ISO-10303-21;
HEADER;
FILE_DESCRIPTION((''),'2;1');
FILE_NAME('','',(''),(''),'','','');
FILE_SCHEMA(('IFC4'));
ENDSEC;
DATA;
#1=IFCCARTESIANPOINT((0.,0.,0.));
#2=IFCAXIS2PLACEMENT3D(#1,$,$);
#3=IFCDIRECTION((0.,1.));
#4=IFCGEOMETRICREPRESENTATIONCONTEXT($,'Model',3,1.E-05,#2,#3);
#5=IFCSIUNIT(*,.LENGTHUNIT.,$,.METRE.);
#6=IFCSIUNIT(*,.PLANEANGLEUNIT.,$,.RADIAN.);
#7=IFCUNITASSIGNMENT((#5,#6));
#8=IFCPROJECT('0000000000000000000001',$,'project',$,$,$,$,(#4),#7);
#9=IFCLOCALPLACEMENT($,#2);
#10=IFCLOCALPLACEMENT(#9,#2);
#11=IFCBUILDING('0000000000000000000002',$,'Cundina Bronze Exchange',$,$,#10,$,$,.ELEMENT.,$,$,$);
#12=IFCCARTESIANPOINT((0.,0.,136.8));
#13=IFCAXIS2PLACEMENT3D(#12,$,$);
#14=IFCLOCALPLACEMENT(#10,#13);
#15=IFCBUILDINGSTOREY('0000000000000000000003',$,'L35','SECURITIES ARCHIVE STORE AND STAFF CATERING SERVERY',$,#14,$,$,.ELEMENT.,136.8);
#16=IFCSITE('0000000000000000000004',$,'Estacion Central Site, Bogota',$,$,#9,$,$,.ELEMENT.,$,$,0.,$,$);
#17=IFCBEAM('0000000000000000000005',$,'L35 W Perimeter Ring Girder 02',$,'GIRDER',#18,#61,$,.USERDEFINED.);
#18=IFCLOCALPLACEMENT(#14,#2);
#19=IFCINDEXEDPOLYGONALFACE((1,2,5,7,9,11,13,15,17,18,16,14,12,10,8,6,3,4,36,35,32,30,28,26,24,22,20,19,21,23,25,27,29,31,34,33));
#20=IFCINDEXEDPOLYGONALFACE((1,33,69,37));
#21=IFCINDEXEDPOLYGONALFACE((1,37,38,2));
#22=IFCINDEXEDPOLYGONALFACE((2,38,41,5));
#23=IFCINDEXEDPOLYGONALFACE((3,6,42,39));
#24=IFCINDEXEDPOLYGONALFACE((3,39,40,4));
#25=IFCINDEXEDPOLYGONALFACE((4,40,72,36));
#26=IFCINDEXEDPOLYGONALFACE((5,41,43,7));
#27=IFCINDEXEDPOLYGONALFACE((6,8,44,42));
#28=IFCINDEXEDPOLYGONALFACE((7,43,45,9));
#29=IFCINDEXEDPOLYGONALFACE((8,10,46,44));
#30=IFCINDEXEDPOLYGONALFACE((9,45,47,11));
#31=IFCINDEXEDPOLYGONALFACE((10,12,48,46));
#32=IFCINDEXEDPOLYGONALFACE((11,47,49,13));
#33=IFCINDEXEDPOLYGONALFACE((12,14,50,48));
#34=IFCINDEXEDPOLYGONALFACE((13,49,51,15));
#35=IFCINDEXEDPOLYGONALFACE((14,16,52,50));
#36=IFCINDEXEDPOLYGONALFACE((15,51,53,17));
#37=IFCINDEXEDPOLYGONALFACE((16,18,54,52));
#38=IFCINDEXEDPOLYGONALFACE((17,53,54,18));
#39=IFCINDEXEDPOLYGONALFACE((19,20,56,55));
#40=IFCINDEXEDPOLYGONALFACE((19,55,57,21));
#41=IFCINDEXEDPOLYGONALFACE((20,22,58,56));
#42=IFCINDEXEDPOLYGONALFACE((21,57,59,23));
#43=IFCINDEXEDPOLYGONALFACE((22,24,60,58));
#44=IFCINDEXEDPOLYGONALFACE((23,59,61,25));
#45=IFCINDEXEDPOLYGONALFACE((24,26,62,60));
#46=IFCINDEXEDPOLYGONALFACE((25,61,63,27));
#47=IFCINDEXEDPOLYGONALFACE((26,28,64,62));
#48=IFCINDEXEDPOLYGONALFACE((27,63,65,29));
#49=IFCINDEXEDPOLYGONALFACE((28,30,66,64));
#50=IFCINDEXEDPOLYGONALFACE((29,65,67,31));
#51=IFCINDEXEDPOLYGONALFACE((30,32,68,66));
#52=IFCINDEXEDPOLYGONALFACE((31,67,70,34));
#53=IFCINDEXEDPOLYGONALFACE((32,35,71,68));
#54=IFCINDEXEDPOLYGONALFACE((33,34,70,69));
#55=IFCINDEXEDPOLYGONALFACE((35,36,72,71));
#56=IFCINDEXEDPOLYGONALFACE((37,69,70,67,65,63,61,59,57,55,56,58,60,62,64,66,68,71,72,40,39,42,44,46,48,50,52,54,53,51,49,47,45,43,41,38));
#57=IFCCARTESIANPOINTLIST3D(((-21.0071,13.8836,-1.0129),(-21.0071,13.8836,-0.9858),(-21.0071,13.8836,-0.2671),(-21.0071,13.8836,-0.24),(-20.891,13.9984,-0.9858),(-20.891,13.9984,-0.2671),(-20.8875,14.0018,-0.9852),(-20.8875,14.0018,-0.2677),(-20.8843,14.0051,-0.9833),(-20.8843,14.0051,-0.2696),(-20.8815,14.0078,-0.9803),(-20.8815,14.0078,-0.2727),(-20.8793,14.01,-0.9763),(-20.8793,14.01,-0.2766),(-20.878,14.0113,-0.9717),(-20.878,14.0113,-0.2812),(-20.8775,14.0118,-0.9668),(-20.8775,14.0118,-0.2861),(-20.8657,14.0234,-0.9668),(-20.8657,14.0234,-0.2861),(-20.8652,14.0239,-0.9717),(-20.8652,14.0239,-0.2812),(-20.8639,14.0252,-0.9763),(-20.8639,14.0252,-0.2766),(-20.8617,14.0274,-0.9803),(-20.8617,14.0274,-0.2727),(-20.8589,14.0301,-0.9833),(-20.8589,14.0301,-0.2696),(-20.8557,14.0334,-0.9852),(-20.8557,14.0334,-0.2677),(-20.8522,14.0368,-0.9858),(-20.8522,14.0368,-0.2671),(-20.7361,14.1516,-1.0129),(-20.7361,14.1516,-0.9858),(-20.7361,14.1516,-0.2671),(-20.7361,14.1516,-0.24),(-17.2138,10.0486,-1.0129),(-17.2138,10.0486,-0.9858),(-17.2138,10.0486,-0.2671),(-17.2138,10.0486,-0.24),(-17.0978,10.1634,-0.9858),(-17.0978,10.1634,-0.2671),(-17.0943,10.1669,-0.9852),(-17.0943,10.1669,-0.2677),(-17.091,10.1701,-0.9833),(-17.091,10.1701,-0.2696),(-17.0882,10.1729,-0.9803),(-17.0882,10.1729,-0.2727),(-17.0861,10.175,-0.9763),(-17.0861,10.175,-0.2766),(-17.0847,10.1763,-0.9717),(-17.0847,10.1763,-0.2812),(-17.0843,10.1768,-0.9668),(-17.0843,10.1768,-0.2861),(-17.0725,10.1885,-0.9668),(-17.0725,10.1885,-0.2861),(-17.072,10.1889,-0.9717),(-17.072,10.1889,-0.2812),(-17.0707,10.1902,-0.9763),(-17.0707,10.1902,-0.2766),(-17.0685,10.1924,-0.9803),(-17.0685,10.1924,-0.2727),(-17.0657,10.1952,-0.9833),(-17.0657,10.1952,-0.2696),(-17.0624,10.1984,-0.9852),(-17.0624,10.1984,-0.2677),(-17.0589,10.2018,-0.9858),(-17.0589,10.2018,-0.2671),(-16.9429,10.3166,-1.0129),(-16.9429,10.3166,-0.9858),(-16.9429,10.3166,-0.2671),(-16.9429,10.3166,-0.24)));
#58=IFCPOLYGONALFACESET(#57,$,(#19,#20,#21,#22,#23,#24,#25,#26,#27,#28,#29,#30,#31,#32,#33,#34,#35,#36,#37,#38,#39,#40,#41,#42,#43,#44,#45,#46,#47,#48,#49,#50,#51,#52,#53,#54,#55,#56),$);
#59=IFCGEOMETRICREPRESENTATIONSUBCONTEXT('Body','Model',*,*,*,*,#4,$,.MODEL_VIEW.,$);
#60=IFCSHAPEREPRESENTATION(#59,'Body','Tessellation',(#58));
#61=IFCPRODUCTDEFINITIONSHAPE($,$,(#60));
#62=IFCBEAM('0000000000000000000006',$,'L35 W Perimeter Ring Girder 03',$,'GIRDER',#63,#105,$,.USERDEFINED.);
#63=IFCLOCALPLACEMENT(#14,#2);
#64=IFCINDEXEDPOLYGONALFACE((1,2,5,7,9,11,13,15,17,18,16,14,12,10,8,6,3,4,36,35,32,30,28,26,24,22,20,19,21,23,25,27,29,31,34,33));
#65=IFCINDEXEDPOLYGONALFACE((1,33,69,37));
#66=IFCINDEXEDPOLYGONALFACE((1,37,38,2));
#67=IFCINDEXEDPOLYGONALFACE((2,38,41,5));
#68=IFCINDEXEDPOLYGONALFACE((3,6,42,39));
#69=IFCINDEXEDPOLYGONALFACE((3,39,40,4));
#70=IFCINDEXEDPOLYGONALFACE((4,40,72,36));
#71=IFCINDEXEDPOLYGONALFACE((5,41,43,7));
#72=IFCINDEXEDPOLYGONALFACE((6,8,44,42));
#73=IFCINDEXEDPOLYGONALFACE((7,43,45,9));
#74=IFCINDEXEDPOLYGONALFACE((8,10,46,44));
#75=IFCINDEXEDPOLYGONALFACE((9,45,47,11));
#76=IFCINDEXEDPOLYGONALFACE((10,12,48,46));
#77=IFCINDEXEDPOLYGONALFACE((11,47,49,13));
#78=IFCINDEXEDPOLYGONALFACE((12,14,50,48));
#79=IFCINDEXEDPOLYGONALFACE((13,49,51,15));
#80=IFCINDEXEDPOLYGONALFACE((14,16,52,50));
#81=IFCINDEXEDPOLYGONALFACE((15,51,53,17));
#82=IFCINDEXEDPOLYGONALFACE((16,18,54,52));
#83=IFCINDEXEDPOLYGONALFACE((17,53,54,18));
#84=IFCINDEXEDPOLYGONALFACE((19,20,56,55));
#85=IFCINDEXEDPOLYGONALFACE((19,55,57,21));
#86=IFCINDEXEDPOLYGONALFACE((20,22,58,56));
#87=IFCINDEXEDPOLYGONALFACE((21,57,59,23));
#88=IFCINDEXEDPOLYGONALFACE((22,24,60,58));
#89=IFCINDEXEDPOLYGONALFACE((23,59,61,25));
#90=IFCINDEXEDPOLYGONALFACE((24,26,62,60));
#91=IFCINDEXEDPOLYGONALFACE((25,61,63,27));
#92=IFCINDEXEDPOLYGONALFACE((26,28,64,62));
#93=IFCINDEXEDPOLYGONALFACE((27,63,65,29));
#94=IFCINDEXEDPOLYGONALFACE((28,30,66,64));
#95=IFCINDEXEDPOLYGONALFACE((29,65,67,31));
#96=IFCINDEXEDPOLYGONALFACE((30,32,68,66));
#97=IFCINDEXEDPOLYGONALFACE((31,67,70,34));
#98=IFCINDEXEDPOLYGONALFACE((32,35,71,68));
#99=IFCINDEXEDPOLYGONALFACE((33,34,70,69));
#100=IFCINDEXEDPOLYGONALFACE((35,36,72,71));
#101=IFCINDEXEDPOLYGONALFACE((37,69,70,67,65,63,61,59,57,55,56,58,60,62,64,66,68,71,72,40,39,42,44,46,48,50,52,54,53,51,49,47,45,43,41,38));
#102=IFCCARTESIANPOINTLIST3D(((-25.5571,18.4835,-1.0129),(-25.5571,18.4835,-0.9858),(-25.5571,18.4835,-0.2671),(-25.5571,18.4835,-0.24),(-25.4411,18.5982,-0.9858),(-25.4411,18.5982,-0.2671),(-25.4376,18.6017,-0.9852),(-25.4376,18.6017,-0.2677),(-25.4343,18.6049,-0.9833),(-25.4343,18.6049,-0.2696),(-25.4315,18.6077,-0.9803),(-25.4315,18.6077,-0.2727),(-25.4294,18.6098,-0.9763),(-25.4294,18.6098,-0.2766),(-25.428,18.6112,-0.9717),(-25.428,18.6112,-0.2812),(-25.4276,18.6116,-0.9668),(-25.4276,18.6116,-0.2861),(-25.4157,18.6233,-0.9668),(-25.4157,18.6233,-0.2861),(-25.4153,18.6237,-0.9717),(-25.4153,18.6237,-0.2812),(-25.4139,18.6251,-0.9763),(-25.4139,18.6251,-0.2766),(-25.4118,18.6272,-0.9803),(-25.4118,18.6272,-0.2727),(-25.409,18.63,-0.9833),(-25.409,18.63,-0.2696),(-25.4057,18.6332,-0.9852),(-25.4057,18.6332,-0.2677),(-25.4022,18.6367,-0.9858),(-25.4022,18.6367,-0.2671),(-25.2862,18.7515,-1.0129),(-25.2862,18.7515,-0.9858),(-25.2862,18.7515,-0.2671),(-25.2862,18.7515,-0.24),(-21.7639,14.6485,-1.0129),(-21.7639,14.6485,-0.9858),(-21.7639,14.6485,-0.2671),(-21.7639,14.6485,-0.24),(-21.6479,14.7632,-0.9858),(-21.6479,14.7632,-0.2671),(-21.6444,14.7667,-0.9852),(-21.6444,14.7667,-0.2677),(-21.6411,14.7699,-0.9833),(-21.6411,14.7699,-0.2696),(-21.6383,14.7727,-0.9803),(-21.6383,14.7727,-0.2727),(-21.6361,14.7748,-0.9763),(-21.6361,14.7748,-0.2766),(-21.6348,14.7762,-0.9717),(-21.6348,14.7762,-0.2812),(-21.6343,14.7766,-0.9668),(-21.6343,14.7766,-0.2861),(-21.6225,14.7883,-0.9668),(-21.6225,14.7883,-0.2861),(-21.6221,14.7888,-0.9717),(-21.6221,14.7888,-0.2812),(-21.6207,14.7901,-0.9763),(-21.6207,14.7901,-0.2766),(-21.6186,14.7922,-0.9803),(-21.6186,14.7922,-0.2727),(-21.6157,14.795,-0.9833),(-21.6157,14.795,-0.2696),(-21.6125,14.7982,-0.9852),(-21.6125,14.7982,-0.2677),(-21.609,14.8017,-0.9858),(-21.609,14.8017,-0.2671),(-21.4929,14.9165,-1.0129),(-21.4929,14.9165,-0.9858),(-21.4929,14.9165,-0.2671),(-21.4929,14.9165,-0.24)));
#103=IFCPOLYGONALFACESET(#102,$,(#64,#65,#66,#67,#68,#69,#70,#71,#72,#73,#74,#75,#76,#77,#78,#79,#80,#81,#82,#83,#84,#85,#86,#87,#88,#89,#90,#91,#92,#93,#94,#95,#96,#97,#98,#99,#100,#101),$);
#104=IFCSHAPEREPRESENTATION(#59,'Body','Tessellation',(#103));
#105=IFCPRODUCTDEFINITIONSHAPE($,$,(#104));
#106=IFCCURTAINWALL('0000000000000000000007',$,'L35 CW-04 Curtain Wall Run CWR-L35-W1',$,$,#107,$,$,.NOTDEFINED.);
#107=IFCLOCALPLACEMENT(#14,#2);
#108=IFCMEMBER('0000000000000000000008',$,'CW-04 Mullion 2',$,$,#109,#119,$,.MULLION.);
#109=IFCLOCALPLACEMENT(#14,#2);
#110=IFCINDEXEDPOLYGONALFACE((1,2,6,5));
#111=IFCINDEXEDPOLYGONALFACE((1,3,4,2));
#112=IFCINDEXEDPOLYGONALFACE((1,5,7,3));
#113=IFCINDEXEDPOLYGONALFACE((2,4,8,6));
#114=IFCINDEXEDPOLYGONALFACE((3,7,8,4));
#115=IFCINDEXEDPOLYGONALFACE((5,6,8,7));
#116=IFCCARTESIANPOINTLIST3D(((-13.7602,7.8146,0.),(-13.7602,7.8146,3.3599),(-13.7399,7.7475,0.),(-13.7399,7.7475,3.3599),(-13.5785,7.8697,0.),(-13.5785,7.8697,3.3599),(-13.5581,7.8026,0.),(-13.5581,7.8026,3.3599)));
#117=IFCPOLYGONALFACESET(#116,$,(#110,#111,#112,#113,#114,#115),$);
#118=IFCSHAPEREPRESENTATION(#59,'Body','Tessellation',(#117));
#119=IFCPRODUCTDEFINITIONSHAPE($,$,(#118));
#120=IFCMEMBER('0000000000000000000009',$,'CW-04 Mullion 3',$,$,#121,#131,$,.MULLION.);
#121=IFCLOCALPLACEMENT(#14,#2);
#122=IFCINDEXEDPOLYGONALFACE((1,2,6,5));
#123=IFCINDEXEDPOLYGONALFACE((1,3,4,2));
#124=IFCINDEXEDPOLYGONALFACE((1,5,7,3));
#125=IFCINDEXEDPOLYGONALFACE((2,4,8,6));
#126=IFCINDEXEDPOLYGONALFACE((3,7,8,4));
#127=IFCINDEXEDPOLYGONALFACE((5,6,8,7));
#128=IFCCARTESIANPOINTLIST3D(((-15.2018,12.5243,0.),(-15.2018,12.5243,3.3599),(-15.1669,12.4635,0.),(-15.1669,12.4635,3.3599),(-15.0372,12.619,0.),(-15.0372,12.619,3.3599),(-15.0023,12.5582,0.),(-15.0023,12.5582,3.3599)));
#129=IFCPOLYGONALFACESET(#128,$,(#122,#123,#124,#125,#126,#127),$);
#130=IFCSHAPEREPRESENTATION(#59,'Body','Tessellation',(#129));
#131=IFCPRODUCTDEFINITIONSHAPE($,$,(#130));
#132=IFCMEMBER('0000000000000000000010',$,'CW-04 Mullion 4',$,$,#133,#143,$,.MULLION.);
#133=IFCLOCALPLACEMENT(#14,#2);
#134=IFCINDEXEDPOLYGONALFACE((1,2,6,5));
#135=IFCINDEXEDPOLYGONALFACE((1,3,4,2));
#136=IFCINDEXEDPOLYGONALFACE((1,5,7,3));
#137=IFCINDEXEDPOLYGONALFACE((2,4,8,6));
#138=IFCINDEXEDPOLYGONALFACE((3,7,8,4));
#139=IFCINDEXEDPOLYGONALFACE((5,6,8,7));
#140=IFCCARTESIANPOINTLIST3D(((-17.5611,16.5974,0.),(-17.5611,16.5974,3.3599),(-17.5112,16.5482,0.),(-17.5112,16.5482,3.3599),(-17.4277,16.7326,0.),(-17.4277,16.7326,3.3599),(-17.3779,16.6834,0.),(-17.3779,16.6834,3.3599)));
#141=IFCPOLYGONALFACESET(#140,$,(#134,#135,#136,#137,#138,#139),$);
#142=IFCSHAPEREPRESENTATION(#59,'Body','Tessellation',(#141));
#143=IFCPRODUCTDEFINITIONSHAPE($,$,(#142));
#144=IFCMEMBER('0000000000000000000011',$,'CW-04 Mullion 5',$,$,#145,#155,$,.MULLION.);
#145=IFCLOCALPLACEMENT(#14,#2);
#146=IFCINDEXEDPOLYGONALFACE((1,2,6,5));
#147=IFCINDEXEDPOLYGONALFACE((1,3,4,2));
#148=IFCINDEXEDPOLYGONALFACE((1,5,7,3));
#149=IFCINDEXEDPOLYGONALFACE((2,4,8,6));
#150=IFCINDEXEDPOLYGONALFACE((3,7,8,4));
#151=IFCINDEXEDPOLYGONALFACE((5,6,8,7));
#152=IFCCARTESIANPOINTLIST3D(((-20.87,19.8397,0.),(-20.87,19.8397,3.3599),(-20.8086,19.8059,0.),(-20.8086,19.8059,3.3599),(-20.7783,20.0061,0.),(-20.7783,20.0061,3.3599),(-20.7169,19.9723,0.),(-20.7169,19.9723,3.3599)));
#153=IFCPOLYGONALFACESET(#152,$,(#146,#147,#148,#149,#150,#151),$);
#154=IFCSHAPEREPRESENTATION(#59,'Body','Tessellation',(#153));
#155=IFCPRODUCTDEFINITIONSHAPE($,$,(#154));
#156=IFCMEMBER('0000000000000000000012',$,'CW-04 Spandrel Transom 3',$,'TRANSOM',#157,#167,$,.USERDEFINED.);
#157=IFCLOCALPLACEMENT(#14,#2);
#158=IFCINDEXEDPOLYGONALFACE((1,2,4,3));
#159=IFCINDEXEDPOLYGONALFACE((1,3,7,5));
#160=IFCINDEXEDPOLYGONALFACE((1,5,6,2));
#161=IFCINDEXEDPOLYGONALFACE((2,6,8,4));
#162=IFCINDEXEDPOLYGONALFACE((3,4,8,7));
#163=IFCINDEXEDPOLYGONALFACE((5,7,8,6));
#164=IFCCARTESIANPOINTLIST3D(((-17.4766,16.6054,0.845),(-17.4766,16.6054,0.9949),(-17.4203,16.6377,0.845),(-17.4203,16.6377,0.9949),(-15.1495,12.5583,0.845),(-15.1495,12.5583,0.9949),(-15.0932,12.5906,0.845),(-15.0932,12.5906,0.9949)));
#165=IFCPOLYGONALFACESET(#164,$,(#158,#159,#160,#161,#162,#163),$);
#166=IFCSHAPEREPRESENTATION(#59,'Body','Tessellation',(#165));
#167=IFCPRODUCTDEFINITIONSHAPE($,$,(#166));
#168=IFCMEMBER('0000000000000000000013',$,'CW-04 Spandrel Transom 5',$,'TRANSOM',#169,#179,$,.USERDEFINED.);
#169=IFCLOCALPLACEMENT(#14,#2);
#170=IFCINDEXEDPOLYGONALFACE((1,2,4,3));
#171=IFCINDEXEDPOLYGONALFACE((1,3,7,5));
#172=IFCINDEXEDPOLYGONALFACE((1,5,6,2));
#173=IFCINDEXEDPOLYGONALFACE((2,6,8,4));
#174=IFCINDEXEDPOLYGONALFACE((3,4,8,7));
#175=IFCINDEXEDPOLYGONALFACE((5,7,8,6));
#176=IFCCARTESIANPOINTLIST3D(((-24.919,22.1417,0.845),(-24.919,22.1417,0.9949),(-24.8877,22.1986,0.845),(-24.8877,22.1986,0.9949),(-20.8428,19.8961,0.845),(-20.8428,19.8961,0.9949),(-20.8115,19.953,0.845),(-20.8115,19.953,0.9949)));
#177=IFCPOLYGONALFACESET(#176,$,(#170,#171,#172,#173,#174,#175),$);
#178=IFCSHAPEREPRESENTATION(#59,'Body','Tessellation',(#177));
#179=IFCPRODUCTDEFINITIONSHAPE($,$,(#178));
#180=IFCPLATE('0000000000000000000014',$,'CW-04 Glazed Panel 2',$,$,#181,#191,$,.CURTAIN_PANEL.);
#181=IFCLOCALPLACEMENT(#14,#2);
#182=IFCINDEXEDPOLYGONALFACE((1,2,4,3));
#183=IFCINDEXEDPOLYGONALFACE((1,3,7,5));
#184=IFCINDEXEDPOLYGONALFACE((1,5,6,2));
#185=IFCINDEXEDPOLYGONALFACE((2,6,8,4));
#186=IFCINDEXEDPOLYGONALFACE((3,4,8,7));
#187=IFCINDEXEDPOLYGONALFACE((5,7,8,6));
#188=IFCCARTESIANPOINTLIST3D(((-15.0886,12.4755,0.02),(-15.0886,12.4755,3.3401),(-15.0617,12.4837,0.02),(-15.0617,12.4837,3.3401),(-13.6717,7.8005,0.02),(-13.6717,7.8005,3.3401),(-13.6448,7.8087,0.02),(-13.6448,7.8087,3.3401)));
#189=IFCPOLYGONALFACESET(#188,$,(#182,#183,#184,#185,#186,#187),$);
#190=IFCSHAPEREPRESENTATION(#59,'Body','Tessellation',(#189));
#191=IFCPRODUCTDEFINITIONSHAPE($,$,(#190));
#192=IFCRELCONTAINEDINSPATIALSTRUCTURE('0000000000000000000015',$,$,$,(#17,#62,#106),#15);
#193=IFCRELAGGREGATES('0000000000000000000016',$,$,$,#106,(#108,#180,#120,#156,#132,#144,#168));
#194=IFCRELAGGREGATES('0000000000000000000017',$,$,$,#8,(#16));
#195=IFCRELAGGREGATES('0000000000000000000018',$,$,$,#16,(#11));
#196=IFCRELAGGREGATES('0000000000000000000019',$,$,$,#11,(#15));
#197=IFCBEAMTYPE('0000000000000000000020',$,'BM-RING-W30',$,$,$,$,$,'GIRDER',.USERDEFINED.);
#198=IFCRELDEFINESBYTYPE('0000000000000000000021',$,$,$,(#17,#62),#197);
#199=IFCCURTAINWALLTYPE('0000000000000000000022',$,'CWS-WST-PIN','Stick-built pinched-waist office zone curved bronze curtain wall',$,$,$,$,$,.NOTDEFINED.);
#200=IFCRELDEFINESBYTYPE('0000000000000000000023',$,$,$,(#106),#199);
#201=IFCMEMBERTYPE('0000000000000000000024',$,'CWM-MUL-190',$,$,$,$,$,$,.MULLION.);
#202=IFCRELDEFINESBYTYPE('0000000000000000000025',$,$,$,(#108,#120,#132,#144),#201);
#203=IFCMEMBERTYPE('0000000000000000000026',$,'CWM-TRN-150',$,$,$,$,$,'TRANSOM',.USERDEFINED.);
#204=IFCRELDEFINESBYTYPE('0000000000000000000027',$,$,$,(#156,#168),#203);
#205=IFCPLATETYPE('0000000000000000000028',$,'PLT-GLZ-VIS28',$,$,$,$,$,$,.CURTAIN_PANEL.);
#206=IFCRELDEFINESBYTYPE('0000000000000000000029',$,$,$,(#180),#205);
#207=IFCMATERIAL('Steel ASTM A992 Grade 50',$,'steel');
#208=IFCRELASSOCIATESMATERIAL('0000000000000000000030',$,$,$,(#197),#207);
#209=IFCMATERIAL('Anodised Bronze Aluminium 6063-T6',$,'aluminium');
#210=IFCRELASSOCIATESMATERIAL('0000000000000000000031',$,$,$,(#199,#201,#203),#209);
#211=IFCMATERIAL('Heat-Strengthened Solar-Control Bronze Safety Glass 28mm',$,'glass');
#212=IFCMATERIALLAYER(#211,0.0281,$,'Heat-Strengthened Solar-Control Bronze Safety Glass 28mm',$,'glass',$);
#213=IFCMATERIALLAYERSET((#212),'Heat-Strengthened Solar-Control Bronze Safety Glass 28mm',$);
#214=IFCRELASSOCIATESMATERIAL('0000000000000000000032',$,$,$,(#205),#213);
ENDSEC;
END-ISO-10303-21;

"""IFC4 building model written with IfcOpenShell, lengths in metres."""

from ifc_helpers import new_model, si_unit, direction, frame, origin, origin_2d, place, context, subcontext, project, spatial, rectangle, i_section, extrude, material, layer, layer_set, material_profile, profile_set, type_object, element, aggregate, save


model = new_model("IFC4")

# Units and contexts
model_context = context("Model", 3, precision=1e-05, world=origin(), true_north=direction((0.0, 1.0)))
body_context = subcontext(model_context, "Body", "Model", "MODEL_VIEW")
ifc_project = project(units=[si_unit("LENGTHUNIT", "METRE"), si_unit("PLANEANGLEUNIT", "RADIAN")], contexts=[model_context])

# Site, building, storey
site_placement = place(None, origin())
site = spatial("IfcSite", under=ifc_project, at=site_placement, Name="Estacion Central Site, Bogota", CompositionType="ELEMENT", RefElevation=0.0)
building_placement = place(site_placement, origin())
building = spatial("IfcBuilding", under=site, at=building_placement, Name="Cundina Bronze Exchange", CompositionType="ELEMENT")
storey_placement = place(building_placement, frame((0.0, 0.0, 136.8)))
storey = spatial("IfcBuildingStorey", under=building, at=storey_placement, Name="L35", Description="SECURITIES ARCHIVE STORE AND STAFF CATERING SERVERY", CompositionType="ELEMENT", Elevation=136.8)

# Beams
ifc_material_1 = material(Name="Steel ASTM A992 Grade 50", Category="steel")
ifc_material_profile_1 = material_profile(ifc_material_1, i_section(OverallWidth=0.3811, OverallDepth=0.7729, WebThickness=0.0166, FlangeThickness=0.0271, FilletRadius=0.019, at=origin_2d()), Name="W30X173", Category="steel")
ifc_profile_set_1 = profile_set([ifc_material_profile_1], Name="Steel ASTM A992 Grade 50")
beam_type_1 = type_object("IfcBeamType", Name="BM-RING-W30", ElementType="GIRDER", PredefinedType="USERDEFINED", material=ifc_profile_set_1)
for number, where, z_axis, x_axis, name in (
    (1, (-17.0784, 10.1826, -0.6265), (-0.703226, 0.710966, 0.0), (-0.710966, -0.703226, 0.0), "L35 W Perimeter Ring Girder 02"),
    (2, (-21.6284, 14.7825, -0.6265), (-0.703226, 0.710966, 0.0), (-0.710966, -0.703226, 0.0), "L35 W Perimeter Ring Girder 03"),
):
    element("IfcBeam", number, at=place(storey_placement, frame(where, z_axis=z_axis, x_axis=x_axis)), inside=storey, type_object=beam_type_1, Name=name, ObjectType="GIRDER", PredefinedType="USERDEFINED", context=body_context, shape_type="SweptSolid", body=[
        extrude(i_section(OverallWidth=0.3811, OverallDepth=0.7729, WebThickness=0.0166, FlangeThickness=0.0271, FilletRadius=0.019, at=origin_2d()), origin(), (0.0, 0.0, 1.0), 5.394),
    ])

# Curtain wall, members, plate
ifc_material_2 = material(Name="Anodised Bronze Aluminium 6063-T6", Category="aluminium")
curtain_wall_type = type_object("IfcCurtainWallType", Name="CWS-WST-PIN", Description="Stick-built pinched-waist office zone curved bronze curtain wall", PredefinedType="NOTDEFINED", material=ifc_material_2)
curtain_wall_placement = place(storey_placement, origin())
curtain_wall = element("IfcCurtainWall", 3, at=curtain_wall_placement, inside=storey, type_object=curtain_wall_type, Name="L35 CW-04 Curtain Wall Run CWR-L35-W1", PredefinedType="NOTDEFINED")
ifc_material_profile_2 = material_profile(ifc_material_2, rectangle(XDim=0.0701, YDim=0.1899, at=origin_2d()), Name="AL70X190", Category="aluminium")
ifc_profile_set_2 = profile_set([ifc_material_profile_2], Name="Anodised Bronze Aluminium 6063-T6")
member_type_1 = type_object("IfcMemberType", Name="CWM-MUL-190", PredefinedType="MULLION", material=ifc_profile_set_2)
member_1_placement = place(storey_placement, frame((-13.6592, 7.8086, 0.0), z_axis=(0.0, 0.0, 1.0), x_axis=(-0.290034, 0.957016, 0.0)))
member_1 = element("IfcMember", 4, at=member_1_placement, type_object=member_type_1, Name="CW-04 Mullion 2", PredefinedType="MULLION", context=body_context, shape_type="SweptSolid", body=[
    extrude(rectangle(XDim=0.0701, YDim=0.1899, at=origin_2d()), origin(), (0.0, 0.0, 1.0), 3.3599),
])
member_2_placement = place(storey_placement, frame((-15.1021, 12.5413, 0.0), z_axis=(0.0, 0.0, 1.0), x_axis=(-0.498488, 0.866897, 0.0)))
member_2 = element("IfcMember", 5, at=member_2_placement, type_object=member_type_1, Name="CW-04 Mullion 3", PredefinedType="MULLION", context=body_context, shape_type="SweptSolid", body=[
    extrude(rectangle(XDim=0.0701, YDim=0.1899, at=origin_2d()), origin(), (0.0, 0.0, 1.0), 3.3599),
])
member_3_placement = place(storey_placement, frame((-17.4695, 16.6404, 0.0), z_axis=(0.0, 0.0, 1.0), x_axis=(-0.712026, 0.702153, 0.0)))
member_3 = element("IfcMember", 6, at=member_3_placement, type_object=member_type_1, Name="CW-04 Mullion 4", PredefinedType="MULLION", context=body_context, shape_type="SweptSolid", body=[
    extrude(rectangle(XDim=0.0701, YDim=0.1899, at=origin_2d()), origin(), (0.0, 0.0, 1.0), 3.3599),
])
member_4_placement = place(storey_placement, frame((-20.7935, 19.906, 0.0), z_axis=(0.0, 0.0, 1.0), x_axis=(-0.875886, 0.482518, 0.0)))
member_4 = element("IfcMember", 7, at=member_4_placement, type_object=member_type_1, Name="CW-04 Mullion 5", PredefinedType="MULLION", context=body_context, shape_type="SweptSolid", body=[
    extrude(rectangle(XDim=0.0701, YDim=0.1899, at=origin_2d()), origin(), (0.0, 0.0, 1.0), 3.3599),
])
ifc_material_profile_3 = material_profile(ifc_material_2, rectangle(XDim=0.0649, YDim=0.1499, at=origin_2d()), Name="AL65X150", Category="aluminium")
ifc_profile_set_3 = profile_set([ifc_material_profile_3], Name="Anodised Bronze Aluminium 6063-T6")
member_type_2 = type_object("IfcMemberType", Name="CWM-TRN-150", ElementType="TRANSOM", PredefinedType="USERDEFINED", material=ifc_profile_set_3)
member_5_placement = place(storey_placement, frame((-15.1213, 12.5745, 0.9199), z_axis=(-0.49848, 0.866901, 0.0), x_axis=(-0.866901, -0.49848, 0.0)))
member_5 = element("IfcMember", 8, at=member_5_placement, type_object=member_type_2, Name="CW-04 Spandrel Transom 3", ObjectType="TRANSOM", PredefinedType="USERDEFINED", context=body_context, shape_type="SweptSolid", body=[
    extrude(rectangle(XDim=0.0649, YDim=0.1499, at=origin_2d()), origin(), (0.0, 0.0, 1.0), 4.6685),
])
member_6_placement = place(storey_placement, frame((-20.8271, 19.9246, 0.9199), z_axis=(-0.875879, 0.482531, 0.0), x_axis=(-0.482531, -0.875879, 0.0)))
member_6 = element("IfcMember", 9, at=member_6_placement, type_object=member_type_2, Name="CW-04 Spandrel Transom 5", ObjectType="TRANSOM", PredefinedType="USERDEFINED", context=body_context, shape_type="SweptSolid", body=[
    extrude(rectangle(XDim=0.0649, YDim=0.1499, at=origin_2d()), origin(), (0.0, 0.0, 1.0), 4.6538),
])
ifc_material_3 = material(Name="Heat-Strengthened Solar-Control Bronze Safety Glass 28mm", Category="glass")
ifc_layer_1 = layer(ifc_material_3, 0.0281, Name="Heat-Strengthened Solar-Control Bronze Safety Glass 28mm", Category="glass")
ifc_layer_set_1 = layer_set([ifc_layer_1], Name="Heat-Strengthened Solar-Control Bronze Safety Glass 28mm")
plate_type = type_object("IfcPlateType", Name="PLT-GLZ-VIS28", PredefinedType="CURTAIN_PANEL", material=ifc_layer_set_1)
plate_1_placement = place(storey_placement, frame((-14.3667, 10.1421, 0.02), z_axis=(0.0, 0.0, 1.0), x_axis=(-0.290051, 0.957011, 0.0)))
plate_1 = element("IfcPlate", 10, at=plate_1_placement, type_object=plate_type, Name="CW-04 Glazed Panel 2", PredefinedType="CURTAIN_PANEL", context=body_context, shape_type="SweptSolid", body=[
    extrude(rectangle(XDim=4.885, YDim=0.0281, at=origin_2d()), origin(), (0.0, 0.0, 1.0), 3.3201),
])
aggregate(curtain_wall, [member_1, plate_1, member_2, member_5, member_3, member_4, member_6])

save(model, "model.ifc")
